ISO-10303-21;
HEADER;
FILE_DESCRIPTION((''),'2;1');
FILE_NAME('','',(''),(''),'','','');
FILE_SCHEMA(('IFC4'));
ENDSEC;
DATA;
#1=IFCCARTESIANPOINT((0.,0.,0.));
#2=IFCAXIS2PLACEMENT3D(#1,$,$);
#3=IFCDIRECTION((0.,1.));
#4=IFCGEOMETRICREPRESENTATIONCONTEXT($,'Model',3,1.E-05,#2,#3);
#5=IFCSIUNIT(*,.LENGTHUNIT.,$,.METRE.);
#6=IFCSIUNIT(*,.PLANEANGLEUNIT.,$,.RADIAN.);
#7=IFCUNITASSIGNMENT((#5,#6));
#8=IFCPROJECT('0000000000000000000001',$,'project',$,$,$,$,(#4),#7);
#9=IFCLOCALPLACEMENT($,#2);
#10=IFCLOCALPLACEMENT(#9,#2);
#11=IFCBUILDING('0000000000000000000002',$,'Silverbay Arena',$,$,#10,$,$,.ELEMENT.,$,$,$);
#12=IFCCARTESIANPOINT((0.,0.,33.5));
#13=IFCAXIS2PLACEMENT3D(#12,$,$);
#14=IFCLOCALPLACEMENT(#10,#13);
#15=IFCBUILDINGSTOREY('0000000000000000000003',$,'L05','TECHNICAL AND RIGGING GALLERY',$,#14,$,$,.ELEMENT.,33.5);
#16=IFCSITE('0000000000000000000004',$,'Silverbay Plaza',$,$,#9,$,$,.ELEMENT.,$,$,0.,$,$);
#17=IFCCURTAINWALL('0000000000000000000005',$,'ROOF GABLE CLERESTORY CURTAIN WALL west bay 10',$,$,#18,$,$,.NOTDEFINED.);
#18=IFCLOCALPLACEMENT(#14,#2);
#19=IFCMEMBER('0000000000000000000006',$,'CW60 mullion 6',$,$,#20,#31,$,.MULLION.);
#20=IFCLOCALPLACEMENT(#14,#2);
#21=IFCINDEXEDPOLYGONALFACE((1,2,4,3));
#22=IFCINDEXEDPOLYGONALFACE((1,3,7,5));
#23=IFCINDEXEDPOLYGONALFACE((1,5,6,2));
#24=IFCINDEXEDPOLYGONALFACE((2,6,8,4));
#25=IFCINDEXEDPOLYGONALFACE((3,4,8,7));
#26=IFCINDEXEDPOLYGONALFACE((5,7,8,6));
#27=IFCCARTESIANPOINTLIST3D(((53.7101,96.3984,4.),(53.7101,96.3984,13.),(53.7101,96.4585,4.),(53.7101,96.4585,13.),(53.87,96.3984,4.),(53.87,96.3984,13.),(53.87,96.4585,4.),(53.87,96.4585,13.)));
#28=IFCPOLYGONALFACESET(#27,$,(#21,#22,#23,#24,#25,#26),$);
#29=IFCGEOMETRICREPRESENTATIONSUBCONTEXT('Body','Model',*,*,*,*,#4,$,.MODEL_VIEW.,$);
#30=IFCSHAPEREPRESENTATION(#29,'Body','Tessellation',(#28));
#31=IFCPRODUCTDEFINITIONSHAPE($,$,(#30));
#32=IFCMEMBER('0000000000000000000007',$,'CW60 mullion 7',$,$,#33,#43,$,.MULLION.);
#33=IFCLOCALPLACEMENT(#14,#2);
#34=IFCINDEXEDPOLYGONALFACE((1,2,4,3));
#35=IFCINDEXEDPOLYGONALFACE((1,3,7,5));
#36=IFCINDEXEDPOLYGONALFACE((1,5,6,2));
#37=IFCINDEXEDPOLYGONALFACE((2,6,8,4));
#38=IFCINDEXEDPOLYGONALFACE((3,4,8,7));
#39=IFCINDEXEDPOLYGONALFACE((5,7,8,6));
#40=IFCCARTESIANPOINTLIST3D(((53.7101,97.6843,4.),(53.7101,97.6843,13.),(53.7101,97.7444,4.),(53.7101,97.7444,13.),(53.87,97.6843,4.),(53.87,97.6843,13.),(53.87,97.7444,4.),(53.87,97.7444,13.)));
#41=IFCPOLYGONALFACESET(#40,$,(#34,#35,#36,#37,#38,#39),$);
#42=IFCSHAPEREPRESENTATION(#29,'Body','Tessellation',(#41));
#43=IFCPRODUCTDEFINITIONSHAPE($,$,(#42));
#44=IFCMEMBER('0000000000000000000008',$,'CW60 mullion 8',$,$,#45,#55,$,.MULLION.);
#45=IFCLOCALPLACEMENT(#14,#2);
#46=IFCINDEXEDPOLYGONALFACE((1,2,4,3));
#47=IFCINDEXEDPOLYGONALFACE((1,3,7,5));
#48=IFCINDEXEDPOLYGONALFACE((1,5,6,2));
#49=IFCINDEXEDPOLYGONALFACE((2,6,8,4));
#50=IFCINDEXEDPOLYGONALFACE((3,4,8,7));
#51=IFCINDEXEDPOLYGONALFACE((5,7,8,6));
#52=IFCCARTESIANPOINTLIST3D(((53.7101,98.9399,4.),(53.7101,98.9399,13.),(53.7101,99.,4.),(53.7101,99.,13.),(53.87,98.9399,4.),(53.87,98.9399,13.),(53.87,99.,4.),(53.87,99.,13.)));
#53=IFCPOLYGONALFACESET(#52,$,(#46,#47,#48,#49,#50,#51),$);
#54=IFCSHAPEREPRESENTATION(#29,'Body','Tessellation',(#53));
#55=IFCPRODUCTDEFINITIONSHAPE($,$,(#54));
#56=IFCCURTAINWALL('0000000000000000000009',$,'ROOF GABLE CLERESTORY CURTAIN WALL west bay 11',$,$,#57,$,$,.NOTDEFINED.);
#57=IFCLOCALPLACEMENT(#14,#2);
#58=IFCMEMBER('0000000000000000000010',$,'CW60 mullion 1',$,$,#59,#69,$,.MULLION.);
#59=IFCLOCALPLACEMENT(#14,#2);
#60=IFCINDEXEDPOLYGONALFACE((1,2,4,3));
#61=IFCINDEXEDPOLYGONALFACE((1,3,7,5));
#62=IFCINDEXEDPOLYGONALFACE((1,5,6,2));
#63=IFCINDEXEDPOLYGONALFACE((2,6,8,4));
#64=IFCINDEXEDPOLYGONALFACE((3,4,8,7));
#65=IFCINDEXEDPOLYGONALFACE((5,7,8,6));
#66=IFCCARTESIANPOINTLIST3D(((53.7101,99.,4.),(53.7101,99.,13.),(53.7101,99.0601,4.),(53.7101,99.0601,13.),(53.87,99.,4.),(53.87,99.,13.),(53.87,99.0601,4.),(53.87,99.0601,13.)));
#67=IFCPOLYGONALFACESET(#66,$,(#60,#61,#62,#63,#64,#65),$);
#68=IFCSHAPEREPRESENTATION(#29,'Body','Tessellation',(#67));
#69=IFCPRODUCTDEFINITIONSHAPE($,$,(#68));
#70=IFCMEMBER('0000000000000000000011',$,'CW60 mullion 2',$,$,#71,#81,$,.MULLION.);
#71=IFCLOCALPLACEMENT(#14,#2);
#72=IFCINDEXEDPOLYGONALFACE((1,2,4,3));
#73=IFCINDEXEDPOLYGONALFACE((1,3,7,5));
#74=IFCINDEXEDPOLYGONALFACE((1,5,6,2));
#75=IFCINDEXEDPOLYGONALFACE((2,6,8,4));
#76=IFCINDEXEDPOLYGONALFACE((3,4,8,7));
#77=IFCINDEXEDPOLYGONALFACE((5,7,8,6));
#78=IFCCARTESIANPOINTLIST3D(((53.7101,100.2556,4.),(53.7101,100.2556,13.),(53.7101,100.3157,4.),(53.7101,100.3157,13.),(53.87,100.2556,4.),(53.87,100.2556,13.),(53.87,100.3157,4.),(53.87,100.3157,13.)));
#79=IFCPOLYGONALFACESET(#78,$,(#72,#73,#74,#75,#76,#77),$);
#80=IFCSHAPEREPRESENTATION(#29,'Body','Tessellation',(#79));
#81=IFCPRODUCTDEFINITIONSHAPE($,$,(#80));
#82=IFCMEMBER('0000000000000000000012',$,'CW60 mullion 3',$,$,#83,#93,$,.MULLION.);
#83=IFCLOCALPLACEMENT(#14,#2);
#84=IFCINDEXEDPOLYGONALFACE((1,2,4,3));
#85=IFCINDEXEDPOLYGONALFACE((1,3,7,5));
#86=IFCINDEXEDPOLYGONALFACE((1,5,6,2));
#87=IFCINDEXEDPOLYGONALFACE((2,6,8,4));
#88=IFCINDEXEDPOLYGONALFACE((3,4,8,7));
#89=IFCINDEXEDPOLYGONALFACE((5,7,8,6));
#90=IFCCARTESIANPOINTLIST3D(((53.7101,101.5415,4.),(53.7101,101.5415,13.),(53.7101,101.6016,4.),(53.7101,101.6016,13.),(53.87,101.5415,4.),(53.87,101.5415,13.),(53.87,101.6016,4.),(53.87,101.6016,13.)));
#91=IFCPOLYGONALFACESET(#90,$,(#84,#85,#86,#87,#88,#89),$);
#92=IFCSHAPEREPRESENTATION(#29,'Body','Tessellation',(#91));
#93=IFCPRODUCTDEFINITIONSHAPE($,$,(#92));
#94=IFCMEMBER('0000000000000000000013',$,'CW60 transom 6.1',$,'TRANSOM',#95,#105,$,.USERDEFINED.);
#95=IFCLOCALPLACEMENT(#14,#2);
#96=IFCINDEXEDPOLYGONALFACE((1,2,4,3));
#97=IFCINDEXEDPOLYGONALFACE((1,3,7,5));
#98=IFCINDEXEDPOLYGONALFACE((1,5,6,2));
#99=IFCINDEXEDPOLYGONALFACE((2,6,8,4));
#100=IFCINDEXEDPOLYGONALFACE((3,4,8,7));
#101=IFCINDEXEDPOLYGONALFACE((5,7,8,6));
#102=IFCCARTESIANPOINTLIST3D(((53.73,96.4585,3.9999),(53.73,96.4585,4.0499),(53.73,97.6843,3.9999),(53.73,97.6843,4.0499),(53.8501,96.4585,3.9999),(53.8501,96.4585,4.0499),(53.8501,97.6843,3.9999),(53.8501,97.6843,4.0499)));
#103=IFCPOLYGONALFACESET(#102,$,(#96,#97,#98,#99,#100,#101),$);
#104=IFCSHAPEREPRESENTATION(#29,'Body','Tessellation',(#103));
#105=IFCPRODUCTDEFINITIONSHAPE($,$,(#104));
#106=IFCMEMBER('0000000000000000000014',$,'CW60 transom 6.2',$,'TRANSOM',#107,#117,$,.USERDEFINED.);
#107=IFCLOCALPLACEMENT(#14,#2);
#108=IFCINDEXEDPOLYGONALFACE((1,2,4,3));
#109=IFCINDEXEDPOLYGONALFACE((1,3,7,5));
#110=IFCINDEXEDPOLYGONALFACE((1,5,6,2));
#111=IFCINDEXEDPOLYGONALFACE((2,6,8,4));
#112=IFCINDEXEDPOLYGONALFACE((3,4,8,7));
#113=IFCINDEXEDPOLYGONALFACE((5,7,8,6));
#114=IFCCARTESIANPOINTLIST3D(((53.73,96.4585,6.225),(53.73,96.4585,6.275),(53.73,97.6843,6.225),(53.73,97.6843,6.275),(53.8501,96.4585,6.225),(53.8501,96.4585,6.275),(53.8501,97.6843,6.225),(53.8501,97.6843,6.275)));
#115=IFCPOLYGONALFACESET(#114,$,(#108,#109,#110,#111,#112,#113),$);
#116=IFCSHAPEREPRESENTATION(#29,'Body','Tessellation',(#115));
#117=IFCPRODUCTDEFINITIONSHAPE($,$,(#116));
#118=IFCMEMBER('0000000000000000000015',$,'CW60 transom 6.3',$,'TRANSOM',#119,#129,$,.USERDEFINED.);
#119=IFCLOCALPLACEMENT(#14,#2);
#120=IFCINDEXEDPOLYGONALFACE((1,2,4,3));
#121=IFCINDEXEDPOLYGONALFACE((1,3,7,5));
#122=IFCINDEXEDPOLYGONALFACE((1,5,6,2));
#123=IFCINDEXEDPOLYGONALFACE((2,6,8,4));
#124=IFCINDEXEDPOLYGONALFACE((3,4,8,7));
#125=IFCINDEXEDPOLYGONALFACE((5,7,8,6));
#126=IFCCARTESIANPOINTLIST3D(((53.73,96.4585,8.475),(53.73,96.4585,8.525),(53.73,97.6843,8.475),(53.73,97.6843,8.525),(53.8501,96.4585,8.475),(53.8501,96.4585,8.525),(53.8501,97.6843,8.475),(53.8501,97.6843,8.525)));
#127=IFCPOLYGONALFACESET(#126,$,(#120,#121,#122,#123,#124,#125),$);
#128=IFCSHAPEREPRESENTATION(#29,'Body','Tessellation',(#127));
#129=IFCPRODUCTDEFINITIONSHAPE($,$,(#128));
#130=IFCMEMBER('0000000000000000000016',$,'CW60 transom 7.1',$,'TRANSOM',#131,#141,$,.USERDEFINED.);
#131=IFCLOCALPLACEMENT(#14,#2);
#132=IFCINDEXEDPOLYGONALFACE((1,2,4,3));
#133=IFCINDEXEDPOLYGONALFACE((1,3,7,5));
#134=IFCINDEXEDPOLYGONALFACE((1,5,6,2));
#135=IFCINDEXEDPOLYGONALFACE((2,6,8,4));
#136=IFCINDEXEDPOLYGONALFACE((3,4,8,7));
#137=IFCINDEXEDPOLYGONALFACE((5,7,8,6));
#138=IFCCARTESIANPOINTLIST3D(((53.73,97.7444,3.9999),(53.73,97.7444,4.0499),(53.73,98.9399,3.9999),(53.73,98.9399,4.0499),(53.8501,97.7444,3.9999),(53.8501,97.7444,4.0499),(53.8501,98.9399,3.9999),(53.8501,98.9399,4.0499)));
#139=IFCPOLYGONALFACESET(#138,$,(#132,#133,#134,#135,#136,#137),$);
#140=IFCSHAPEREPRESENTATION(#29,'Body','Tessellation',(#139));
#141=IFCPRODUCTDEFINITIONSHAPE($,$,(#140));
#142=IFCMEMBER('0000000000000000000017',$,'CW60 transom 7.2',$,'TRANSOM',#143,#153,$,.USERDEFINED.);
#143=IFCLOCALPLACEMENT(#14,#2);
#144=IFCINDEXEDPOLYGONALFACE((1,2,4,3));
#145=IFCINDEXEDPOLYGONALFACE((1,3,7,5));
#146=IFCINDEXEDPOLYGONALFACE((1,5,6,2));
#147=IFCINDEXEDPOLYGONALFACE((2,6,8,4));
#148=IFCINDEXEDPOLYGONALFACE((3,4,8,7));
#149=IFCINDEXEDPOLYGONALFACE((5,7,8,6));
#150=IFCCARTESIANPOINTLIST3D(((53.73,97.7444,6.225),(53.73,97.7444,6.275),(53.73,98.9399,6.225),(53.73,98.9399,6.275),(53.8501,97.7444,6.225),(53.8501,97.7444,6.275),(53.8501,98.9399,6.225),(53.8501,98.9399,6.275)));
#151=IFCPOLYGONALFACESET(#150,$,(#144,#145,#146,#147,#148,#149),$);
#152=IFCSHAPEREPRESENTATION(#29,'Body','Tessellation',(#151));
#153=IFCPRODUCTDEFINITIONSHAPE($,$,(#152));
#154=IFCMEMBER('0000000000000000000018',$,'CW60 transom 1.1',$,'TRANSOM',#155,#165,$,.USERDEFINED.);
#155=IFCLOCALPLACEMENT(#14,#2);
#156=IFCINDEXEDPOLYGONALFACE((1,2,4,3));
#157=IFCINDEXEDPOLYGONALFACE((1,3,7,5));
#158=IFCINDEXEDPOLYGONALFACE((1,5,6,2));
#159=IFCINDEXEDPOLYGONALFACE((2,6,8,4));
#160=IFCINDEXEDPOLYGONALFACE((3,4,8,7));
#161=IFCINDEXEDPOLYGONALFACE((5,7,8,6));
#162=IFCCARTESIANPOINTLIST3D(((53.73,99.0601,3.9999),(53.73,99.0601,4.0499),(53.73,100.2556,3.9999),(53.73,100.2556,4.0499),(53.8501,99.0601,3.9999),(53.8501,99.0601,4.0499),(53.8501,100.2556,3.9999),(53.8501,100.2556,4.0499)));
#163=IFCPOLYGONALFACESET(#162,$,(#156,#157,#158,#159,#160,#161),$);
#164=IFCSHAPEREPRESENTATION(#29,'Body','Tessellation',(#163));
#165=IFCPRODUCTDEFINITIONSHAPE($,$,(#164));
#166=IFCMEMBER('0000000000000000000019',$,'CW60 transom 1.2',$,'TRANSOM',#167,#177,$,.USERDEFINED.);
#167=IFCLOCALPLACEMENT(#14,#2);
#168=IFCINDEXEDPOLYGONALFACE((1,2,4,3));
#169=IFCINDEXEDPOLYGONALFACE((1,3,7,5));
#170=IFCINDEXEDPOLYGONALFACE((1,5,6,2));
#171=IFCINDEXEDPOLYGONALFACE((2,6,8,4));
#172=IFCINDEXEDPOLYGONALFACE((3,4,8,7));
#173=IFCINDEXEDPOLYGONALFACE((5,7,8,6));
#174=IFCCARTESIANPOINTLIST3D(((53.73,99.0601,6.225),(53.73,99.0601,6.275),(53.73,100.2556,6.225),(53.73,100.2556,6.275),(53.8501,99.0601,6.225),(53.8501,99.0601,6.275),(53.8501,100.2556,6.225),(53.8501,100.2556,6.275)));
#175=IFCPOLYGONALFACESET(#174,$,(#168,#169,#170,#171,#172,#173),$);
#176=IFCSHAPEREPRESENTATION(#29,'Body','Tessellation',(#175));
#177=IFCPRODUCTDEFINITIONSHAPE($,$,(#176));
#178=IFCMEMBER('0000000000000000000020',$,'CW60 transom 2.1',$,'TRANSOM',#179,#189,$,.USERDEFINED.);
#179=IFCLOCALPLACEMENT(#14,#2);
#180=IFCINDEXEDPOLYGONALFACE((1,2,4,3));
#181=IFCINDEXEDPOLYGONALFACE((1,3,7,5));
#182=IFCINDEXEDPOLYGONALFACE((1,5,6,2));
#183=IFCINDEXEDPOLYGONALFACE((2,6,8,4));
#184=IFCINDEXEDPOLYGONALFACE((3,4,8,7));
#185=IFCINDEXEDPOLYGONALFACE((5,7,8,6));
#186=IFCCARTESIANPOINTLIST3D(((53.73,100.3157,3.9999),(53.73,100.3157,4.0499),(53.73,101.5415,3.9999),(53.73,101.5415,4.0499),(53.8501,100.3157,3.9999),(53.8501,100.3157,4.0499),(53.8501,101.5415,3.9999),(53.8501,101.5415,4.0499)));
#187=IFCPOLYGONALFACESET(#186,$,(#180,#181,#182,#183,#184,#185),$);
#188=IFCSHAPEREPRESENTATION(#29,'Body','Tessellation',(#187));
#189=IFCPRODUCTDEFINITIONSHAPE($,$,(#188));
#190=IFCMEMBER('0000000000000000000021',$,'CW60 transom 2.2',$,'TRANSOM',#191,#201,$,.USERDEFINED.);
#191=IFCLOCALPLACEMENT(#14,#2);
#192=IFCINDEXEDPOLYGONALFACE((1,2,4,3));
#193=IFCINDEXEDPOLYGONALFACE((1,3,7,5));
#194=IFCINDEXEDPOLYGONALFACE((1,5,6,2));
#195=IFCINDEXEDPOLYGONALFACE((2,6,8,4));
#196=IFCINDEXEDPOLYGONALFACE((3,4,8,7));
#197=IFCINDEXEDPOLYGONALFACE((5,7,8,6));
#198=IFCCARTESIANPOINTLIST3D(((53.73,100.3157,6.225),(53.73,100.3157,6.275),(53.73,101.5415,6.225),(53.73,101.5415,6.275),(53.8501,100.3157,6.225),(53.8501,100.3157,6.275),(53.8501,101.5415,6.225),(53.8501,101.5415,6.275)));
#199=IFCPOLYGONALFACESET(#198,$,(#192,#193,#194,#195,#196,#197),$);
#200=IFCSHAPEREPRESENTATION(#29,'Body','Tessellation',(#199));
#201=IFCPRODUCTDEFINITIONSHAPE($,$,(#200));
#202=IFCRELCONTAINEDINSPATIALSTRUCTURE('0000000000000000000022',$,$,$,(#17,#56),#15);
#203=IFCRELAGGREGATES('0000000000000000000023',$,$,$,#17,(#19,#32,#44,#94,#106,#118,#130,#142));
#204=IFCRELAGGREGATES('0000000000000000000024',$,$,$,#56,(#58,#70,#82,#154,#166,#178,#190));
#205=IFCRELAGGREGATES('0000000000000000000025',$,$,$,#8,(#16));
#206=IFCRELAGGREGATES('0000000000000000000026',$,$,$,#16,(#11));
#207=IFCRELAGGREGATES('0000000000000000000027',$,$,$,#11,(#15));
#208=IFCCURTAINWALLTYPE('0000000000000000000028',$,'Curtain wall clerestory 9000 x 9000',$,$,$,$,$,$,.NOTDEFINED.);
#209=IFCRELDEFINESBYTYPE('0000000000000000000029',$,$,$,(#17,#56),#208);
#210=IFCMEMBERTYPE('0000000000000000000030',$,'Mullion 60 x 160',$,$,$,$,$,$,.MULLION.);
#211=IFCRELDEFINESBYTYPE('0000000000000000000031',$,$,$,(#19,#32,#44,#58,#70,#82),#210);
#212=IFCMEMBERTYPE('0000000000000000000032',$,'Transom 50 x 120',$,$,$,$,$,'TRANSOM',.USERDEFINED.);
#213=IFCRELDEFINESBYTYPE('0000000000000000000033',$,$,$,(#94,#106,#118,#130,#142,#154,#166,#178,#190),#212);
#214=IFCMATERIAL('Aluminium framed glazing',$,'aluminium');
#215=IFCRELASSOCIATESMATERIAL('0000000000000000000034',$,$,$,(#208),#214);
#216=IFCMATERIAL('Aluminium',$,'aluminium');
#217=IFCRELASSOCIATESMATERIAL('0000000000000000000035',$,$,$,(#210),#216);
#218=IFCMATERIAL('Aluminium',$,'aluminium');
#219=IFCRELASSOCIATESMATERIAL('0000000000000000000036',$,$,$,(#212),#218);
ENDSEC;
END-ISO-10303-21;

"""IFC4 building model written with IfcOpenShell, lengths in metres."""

from ifc_helpers import new_model, si_unit, direction, frame, origin, origin_2d, place, context, subcontext, project, spatial, rectangle, extrude, material, material_profile, profile_set, type_object, element, aggregate, save


model = new_model("IFC4")

# Units and contexts
model_context = context("Model", 3, precision=1e-05, world=origin(), true_north=direction((0.0, 1.0)))
body_context = subcontext(model_context, "Body", "Model", "MODEL_VIEW")
ifc_project = project(units=[si_unit("LENGTHUNIT", "METRE"), si_unit("PLANEANGLEUNIT", "RADIAN")], contexts=[model_context])

# Site, building, storey
site_placement = place(None, origin())
site = spatial("IfcSite", under=ifc_project, at=site_placement, Name="Silverbay Plaza", CompositionType="ELEMENT", RefElevation=0.0)
building_placement = place(site_placement, origin())
building = spatial("IfcBuilding", under=site, at=building_placement, Name="Silverbay Arena", CompositionType="ELEMENT")
storey_placement = place(building_placement, frame((0.0, 0.0, 33.5)))
storey = spatial("IfcBuildingStorey", under=building, at=storey_placement, Name="L05", Description="TECHNICAL AND RIGGING GALLERY", CompositionType="ELEMENT", Elevation=33.5)

# Curtain walls, members
ifc_material_1 = material(Name="Aluminium framed glazing", Category="aluminium")
curtain_wall_type = type_object("IfcCurtainWallType", Name="Curtain wall clerestory 9000 x 9000", PredefinedType="NOTDEFINED", material=ifc_material_1)
curtain_wall_1_placement = place(storey_placement, origin())
curtain_wall_1 = element("IfcCurtainWall", 1, at=curtain_wall_1_placement, inside=storey, type_object=curtain_wall_type, Name="ROOF GABLE CLERESTORY CURTAIN WALL west bay 10", PredefinedType="NOTDEFINED")
ifc_material_2 = material(Name="Aluminium", Category="aluminium")
ifc_material_profile_1 = material_profile(ifc_material_2, rectangle(XDim=0.1599, YDim=0.0601, at=origin_2d()), Name="Mullion 60 x 160")
ifc_profile_set_1 = profile_set([ifc_material_profile_1], Name="Aluminium")
member_type_1 = type_object("IfcMemberType", Name="Mullion 60 x 160", PredefinedType="MULLION", material=ifc_profile_set_1)
member_1_placement = place(storey_placement, frame((53.79, 96.4285, 4.0), z_axis=(0.0, 0.0, 1.0), x_axis=(-1.0, 0.0, 0.0)))
member_1 = element("IfcMember", 2, at=member_1_placement, type_object=member_type_1, Name="CW60 mullion 6", PredefinedType="MULLION", context=body_context, shape_type="SweptSolid", body=[
    extrude(rectangle(XDim=0.1599, YDim=0.0601, at=origin_2d()), origin(), (0.0, 0.0, 1.0), 9.0),
])
member_2_placement = place(storey_placement, frame((53.79, 97.7144, 4.0), z_axis=(0.0, 0.0, 1.0), x_axis=(-1.0, 0.0, 0.0)))
member_2 = element("IfcMember", 3, at=member_2_placement, type_object=member_type_1, Name="CW60 mullion 7", PredefinedType="MULLION", context=body_context, shape_type="SweptSolid", body=[
    extrude(rectangle(XDim=0.1599, YDim=0.0601, at=origin_2d()), origin(), (0.0, 0.0, 1.0), 9.0),
])
member_3_placement = place(storey_placement, frame((53.79, 98.97, 4.0), z_axis=(0.0, 0.0, 1.0), x_axis=(-1.0, 0.0, 0.0)))
member_3 = element("IfcMember", 4, at=member_3_placement, type_object=member_type_1, Name="CW60 mullion 8", PredefinedType="MULLION", context=body_context, shape_type="SweptSolid", body=[
    extrude(rectangle(XDim=0.1599, YDim=0.0601, at=origin_2d()), origin(), (0.0, 0.0, 1.0), 9.0),
])
curtain_wall_2_placement = place(storey_placement, origin())
curtain_wall_2 = element("IfcCurtainWall", 5, at=curtain_wall_2_placement, inside=storey, type_object=curtain_wall_type, Name="ROOF GABLE CLERESTORY CURTAIN WALL west bay 11", PredefinedType="NOTDEFINED")
member_4_placement = place(storey_placement, frame((53.79, 99.03, 4.0), z_axis=(0.0, 0.0, 1.0), x_axis=(-1.0, 0.0, 0.0)))
member_4 = element("IfcMember", 6, at=member_4_placement, type_object=member_type_1, Name="CW60 mullion 1", PredefinedType="MULLION", context=body_context, shape_type="SweptSolid", body=[
    extrude(rectangle(XDim=0.1599, YDim=0.0601, at=origin_2d()), origin(), (0.0, 0.0, 1.0), 9.0),
])
member_5_placement = place(storey_placement, frame((53.79, 100.2856, 4.0), z_axis=(0.0, 0.0, 1.0), x_axis=(-1.0, 0.0, 0.0)))
member_5 = element("IfcMember", 7, at=member_5_placement, type_object=member_type_1, Name="CW60 mullion 2", PredefinedType="MULLION", context=body_context, shape_type="SweptSolid", body=[
    extrude(rectangle(XDim=0.1599, YDim=0.0601, at=origin_2d()), origin(), (0.0, 0.0, 1.0), 9.0),
])
member_6_placement = place(storey_placement, frame((53.79, 101.5715, 4.0), z_axis=(0.0, 0.0, 1.0), x_axis=(-1.0, 0.0, 0.0)))
member_6 = element("IfcMember", 8, at=member_6_placement, type_object=member_type_1, Name="CW60 mullion 3", PredefinedType="MULLION", context=body_context, shape_type="SweptSolid", body=[
    extrude(rectangle(XDim=0.1599, YDim=0.0601, at=origin_2d()), origin(), (0.0, 0.0, 1.0), 9.0),
])

# Members
ifc_material_3 = material(Name="Aluminium", Category="aluminium")
ifc_material_profile_2 = material_profile(ifc_material_3, rectangle(XDim=0.1201, YDim=0.05, at=origin_2d()), Name="Transom 50 x 120")
ifc_profile_set_2 = profile_set([ifc_material_profile_2], Name="Aluminium")
member_type_2 = type_object("IfcMemberType", Name="Transom 50 x 120", ElementType="TRANSOM", PredefinedType="USERDEFINED", material=ifc_profile_set_2)
member_7_placement = place(storey_placement, frame((53.79, 96.4585, 4.0249), z_axis=(0.0, 1.0, 0.0), x_axis=(-1.0, 0.0, 0.0)))
member_7 = element("IfcMember", 9, at=member_7_placement, type_object=member_type_2, Name="CW60 transom 6.1", ObjectType="TRANSOM", PredefinedType="USERDEFINED", context=body_context, shape_type="SweptSolid", body=[
    extrude(rectangle(XDim=0.1201, YDim=0.05, at=origin_2d()), origin(), (0.0, 0.0, 1.0), 1.2258),
])
member_8_placement = place(storey_placement, frame((53.79, 96.4585, 6.25), z_axis=(0.0, 1.0, 0.0), x_axis=(-1.0, 0.0, 0.0)))
member_8 = element("IfcMember", 10, at=member_8_placement, type_object=member_type_2, Name="CW60 transom 6.2", ObjectType="TRANSOM", PredefinedType="USERDEFINED", context=body_context, shape_type="SweptSolid", body=[
    extrude(rectangle(XDim=0.1201, YDim=0.05, at=origin_2d()), origin(), (0.0, 0.0, 1.0), 1.2258),
])
member_9_placement = place(storey_placement, frame((53.79, 96.4585, 8.5), z_axis=(0.0, 1.0, 0.0), x_axis=(-1.0, 0.0, 0.0)))
member_9 = element("IfcMember", 11, at=member_9_placement, type_object=member_type_2, Name="CW60 transom 6.3", ObjectType="TRANSOM", PredefinedType="USERDEFINED", context=body_context, shape_type="SweptSolid", body=[
    extrude(rectangle(XDim=0.1201, YDim=0.05, at=origin_2d()), origin(), (0.0, 0.0, 1.0), 1.2258),
])
member_10_placement = place(storey_placement, frame((53.79, 97.7444, 4.0249), z_axis=(0.0, 1.0, 0.0), x_axis=(-1.0, 0.0, 0.0)))
member_10 = element("IfcMember", 12, at=member_10_placement, type_object=member_type_2, Name="CW60 transom 7.1", ObjectType="TRANSOM", PredefinedType="USERDEFINED", context=body_context, shape_type="SweptSolid", body=[
    extrude(rectangle(XDim=0.1201, YDim=0.05, at=origin_2d()), origin(), (0.0, 0.0, 1.0), 1.1956),
])
member_11_placement = place(storey_placement, frame((53.79, 97.7444, 6.25), z_axis=(0.0, 1.0, 0.0), x_axis=(-1.0, 0.0, 0.0)))
member_11 = element("IfcMember", 13, at=member_11_placement, type_object=member_type_2, Name="CW60 transom 7.2", ObjectType="TRANSOM", PredefinedType="USERDEFINED", context=body_context, shape_type="SweptSolid", body=[
    extrude(rectangle(XDim=0.1201, YDim=0.05, at=origin_2d()), origin(), (0.0, 0.0, 1.0), 1.1956),
])
member_12_placement = place(storey_placement, frame((53.79, 99.0601, 4.0249), z_axis=(0.0, 1.0, 0.0), x_axis=(-1.0, 0.0, 0.0)))
member_12 = element("IfcMember", 14, at=member_12_placement, type_object=member_type_2, Name="CW60 transom 1.1", ObjectType="TRANSOM", PredefinedType="USERDEFINED", context=body_context, shape_type="SweptSolid", body=[
    extrude(rectangle(XDim=0.1201, YDim=0.05, at=origin_2d()), origin(), (0.0, 0.0, 1.0), 1.1956),
])
member_13_placement = place(storey_placement, frame((53.79, 99.0601, 6.25), z_axis=(0.0, 1.0, 0.0), x_axis=(-1.0, 0.0, 0.0)))
member_13 = element("IfcMember", 15, at=member_13_placement, type_object=member_type_2, Name="CW60 transom 1.2", ObjectType="TRANSOM", PredefinedType="USERDEFINED", context=body_context, shape_type="SweptSolid", body=[
    extrude(rectangle(XDim=0.1201, YDim=0.05, at=origin_2d()), origin(), (0.0, 0.0, 1.0), 1.1956),
])
member_14_placement = place(storey_placement, frame((53.79, 100.3157, 4.0249), z_axis=(0.0, 1.0, 0.0), x_axis=(-1.0, 0.0, 0.0)))
member_14 = element("IfcMember", 16, at=member_14_placement, type_object=member_type_2, Name="CW60 transom 2.1", ObjectType="TRANSOM", PredefinedType="USERDEFINED", context=body_context, shape_type="SweptSolid", body=[
    extrude(rectangle(XDim=0.1201, YDim=0.05, at=origin_2d()), origin(), (0.0, 0.0, 1.0), 1.2258),
])
member_15_placement = place(storey_placement, frame((53.79, 100.3157, 6.25), z_axis=(0.0, 1.0, 0.0), x_axis=(-1.0, 0.0, 0.0)))
member_15 = element("IfcMember", 17, at=member_15_placement, type_object=member_type_2, Name="CW60 transom 2.2", ObjectType="TRANSOM", PredefinedType="USERDEFINED", context=body_context, shape_type="SweptSolid", body=[
    extrude(rectangle(XDim=0.1201, YDim=0.05, at=origin_2d()), origin(), (0.0, 0.0, 1.0), 1.2258),
])

aggregate(curtain_wall_1, [member_1, member_2, member_3, member_7, member_8, member_9, member_10, member_11])
aggregate(curtain_wall_2, [member_4, member_5, member_6, member_12, member_13, member_14, member_15])

save(model, "model.ifc")
